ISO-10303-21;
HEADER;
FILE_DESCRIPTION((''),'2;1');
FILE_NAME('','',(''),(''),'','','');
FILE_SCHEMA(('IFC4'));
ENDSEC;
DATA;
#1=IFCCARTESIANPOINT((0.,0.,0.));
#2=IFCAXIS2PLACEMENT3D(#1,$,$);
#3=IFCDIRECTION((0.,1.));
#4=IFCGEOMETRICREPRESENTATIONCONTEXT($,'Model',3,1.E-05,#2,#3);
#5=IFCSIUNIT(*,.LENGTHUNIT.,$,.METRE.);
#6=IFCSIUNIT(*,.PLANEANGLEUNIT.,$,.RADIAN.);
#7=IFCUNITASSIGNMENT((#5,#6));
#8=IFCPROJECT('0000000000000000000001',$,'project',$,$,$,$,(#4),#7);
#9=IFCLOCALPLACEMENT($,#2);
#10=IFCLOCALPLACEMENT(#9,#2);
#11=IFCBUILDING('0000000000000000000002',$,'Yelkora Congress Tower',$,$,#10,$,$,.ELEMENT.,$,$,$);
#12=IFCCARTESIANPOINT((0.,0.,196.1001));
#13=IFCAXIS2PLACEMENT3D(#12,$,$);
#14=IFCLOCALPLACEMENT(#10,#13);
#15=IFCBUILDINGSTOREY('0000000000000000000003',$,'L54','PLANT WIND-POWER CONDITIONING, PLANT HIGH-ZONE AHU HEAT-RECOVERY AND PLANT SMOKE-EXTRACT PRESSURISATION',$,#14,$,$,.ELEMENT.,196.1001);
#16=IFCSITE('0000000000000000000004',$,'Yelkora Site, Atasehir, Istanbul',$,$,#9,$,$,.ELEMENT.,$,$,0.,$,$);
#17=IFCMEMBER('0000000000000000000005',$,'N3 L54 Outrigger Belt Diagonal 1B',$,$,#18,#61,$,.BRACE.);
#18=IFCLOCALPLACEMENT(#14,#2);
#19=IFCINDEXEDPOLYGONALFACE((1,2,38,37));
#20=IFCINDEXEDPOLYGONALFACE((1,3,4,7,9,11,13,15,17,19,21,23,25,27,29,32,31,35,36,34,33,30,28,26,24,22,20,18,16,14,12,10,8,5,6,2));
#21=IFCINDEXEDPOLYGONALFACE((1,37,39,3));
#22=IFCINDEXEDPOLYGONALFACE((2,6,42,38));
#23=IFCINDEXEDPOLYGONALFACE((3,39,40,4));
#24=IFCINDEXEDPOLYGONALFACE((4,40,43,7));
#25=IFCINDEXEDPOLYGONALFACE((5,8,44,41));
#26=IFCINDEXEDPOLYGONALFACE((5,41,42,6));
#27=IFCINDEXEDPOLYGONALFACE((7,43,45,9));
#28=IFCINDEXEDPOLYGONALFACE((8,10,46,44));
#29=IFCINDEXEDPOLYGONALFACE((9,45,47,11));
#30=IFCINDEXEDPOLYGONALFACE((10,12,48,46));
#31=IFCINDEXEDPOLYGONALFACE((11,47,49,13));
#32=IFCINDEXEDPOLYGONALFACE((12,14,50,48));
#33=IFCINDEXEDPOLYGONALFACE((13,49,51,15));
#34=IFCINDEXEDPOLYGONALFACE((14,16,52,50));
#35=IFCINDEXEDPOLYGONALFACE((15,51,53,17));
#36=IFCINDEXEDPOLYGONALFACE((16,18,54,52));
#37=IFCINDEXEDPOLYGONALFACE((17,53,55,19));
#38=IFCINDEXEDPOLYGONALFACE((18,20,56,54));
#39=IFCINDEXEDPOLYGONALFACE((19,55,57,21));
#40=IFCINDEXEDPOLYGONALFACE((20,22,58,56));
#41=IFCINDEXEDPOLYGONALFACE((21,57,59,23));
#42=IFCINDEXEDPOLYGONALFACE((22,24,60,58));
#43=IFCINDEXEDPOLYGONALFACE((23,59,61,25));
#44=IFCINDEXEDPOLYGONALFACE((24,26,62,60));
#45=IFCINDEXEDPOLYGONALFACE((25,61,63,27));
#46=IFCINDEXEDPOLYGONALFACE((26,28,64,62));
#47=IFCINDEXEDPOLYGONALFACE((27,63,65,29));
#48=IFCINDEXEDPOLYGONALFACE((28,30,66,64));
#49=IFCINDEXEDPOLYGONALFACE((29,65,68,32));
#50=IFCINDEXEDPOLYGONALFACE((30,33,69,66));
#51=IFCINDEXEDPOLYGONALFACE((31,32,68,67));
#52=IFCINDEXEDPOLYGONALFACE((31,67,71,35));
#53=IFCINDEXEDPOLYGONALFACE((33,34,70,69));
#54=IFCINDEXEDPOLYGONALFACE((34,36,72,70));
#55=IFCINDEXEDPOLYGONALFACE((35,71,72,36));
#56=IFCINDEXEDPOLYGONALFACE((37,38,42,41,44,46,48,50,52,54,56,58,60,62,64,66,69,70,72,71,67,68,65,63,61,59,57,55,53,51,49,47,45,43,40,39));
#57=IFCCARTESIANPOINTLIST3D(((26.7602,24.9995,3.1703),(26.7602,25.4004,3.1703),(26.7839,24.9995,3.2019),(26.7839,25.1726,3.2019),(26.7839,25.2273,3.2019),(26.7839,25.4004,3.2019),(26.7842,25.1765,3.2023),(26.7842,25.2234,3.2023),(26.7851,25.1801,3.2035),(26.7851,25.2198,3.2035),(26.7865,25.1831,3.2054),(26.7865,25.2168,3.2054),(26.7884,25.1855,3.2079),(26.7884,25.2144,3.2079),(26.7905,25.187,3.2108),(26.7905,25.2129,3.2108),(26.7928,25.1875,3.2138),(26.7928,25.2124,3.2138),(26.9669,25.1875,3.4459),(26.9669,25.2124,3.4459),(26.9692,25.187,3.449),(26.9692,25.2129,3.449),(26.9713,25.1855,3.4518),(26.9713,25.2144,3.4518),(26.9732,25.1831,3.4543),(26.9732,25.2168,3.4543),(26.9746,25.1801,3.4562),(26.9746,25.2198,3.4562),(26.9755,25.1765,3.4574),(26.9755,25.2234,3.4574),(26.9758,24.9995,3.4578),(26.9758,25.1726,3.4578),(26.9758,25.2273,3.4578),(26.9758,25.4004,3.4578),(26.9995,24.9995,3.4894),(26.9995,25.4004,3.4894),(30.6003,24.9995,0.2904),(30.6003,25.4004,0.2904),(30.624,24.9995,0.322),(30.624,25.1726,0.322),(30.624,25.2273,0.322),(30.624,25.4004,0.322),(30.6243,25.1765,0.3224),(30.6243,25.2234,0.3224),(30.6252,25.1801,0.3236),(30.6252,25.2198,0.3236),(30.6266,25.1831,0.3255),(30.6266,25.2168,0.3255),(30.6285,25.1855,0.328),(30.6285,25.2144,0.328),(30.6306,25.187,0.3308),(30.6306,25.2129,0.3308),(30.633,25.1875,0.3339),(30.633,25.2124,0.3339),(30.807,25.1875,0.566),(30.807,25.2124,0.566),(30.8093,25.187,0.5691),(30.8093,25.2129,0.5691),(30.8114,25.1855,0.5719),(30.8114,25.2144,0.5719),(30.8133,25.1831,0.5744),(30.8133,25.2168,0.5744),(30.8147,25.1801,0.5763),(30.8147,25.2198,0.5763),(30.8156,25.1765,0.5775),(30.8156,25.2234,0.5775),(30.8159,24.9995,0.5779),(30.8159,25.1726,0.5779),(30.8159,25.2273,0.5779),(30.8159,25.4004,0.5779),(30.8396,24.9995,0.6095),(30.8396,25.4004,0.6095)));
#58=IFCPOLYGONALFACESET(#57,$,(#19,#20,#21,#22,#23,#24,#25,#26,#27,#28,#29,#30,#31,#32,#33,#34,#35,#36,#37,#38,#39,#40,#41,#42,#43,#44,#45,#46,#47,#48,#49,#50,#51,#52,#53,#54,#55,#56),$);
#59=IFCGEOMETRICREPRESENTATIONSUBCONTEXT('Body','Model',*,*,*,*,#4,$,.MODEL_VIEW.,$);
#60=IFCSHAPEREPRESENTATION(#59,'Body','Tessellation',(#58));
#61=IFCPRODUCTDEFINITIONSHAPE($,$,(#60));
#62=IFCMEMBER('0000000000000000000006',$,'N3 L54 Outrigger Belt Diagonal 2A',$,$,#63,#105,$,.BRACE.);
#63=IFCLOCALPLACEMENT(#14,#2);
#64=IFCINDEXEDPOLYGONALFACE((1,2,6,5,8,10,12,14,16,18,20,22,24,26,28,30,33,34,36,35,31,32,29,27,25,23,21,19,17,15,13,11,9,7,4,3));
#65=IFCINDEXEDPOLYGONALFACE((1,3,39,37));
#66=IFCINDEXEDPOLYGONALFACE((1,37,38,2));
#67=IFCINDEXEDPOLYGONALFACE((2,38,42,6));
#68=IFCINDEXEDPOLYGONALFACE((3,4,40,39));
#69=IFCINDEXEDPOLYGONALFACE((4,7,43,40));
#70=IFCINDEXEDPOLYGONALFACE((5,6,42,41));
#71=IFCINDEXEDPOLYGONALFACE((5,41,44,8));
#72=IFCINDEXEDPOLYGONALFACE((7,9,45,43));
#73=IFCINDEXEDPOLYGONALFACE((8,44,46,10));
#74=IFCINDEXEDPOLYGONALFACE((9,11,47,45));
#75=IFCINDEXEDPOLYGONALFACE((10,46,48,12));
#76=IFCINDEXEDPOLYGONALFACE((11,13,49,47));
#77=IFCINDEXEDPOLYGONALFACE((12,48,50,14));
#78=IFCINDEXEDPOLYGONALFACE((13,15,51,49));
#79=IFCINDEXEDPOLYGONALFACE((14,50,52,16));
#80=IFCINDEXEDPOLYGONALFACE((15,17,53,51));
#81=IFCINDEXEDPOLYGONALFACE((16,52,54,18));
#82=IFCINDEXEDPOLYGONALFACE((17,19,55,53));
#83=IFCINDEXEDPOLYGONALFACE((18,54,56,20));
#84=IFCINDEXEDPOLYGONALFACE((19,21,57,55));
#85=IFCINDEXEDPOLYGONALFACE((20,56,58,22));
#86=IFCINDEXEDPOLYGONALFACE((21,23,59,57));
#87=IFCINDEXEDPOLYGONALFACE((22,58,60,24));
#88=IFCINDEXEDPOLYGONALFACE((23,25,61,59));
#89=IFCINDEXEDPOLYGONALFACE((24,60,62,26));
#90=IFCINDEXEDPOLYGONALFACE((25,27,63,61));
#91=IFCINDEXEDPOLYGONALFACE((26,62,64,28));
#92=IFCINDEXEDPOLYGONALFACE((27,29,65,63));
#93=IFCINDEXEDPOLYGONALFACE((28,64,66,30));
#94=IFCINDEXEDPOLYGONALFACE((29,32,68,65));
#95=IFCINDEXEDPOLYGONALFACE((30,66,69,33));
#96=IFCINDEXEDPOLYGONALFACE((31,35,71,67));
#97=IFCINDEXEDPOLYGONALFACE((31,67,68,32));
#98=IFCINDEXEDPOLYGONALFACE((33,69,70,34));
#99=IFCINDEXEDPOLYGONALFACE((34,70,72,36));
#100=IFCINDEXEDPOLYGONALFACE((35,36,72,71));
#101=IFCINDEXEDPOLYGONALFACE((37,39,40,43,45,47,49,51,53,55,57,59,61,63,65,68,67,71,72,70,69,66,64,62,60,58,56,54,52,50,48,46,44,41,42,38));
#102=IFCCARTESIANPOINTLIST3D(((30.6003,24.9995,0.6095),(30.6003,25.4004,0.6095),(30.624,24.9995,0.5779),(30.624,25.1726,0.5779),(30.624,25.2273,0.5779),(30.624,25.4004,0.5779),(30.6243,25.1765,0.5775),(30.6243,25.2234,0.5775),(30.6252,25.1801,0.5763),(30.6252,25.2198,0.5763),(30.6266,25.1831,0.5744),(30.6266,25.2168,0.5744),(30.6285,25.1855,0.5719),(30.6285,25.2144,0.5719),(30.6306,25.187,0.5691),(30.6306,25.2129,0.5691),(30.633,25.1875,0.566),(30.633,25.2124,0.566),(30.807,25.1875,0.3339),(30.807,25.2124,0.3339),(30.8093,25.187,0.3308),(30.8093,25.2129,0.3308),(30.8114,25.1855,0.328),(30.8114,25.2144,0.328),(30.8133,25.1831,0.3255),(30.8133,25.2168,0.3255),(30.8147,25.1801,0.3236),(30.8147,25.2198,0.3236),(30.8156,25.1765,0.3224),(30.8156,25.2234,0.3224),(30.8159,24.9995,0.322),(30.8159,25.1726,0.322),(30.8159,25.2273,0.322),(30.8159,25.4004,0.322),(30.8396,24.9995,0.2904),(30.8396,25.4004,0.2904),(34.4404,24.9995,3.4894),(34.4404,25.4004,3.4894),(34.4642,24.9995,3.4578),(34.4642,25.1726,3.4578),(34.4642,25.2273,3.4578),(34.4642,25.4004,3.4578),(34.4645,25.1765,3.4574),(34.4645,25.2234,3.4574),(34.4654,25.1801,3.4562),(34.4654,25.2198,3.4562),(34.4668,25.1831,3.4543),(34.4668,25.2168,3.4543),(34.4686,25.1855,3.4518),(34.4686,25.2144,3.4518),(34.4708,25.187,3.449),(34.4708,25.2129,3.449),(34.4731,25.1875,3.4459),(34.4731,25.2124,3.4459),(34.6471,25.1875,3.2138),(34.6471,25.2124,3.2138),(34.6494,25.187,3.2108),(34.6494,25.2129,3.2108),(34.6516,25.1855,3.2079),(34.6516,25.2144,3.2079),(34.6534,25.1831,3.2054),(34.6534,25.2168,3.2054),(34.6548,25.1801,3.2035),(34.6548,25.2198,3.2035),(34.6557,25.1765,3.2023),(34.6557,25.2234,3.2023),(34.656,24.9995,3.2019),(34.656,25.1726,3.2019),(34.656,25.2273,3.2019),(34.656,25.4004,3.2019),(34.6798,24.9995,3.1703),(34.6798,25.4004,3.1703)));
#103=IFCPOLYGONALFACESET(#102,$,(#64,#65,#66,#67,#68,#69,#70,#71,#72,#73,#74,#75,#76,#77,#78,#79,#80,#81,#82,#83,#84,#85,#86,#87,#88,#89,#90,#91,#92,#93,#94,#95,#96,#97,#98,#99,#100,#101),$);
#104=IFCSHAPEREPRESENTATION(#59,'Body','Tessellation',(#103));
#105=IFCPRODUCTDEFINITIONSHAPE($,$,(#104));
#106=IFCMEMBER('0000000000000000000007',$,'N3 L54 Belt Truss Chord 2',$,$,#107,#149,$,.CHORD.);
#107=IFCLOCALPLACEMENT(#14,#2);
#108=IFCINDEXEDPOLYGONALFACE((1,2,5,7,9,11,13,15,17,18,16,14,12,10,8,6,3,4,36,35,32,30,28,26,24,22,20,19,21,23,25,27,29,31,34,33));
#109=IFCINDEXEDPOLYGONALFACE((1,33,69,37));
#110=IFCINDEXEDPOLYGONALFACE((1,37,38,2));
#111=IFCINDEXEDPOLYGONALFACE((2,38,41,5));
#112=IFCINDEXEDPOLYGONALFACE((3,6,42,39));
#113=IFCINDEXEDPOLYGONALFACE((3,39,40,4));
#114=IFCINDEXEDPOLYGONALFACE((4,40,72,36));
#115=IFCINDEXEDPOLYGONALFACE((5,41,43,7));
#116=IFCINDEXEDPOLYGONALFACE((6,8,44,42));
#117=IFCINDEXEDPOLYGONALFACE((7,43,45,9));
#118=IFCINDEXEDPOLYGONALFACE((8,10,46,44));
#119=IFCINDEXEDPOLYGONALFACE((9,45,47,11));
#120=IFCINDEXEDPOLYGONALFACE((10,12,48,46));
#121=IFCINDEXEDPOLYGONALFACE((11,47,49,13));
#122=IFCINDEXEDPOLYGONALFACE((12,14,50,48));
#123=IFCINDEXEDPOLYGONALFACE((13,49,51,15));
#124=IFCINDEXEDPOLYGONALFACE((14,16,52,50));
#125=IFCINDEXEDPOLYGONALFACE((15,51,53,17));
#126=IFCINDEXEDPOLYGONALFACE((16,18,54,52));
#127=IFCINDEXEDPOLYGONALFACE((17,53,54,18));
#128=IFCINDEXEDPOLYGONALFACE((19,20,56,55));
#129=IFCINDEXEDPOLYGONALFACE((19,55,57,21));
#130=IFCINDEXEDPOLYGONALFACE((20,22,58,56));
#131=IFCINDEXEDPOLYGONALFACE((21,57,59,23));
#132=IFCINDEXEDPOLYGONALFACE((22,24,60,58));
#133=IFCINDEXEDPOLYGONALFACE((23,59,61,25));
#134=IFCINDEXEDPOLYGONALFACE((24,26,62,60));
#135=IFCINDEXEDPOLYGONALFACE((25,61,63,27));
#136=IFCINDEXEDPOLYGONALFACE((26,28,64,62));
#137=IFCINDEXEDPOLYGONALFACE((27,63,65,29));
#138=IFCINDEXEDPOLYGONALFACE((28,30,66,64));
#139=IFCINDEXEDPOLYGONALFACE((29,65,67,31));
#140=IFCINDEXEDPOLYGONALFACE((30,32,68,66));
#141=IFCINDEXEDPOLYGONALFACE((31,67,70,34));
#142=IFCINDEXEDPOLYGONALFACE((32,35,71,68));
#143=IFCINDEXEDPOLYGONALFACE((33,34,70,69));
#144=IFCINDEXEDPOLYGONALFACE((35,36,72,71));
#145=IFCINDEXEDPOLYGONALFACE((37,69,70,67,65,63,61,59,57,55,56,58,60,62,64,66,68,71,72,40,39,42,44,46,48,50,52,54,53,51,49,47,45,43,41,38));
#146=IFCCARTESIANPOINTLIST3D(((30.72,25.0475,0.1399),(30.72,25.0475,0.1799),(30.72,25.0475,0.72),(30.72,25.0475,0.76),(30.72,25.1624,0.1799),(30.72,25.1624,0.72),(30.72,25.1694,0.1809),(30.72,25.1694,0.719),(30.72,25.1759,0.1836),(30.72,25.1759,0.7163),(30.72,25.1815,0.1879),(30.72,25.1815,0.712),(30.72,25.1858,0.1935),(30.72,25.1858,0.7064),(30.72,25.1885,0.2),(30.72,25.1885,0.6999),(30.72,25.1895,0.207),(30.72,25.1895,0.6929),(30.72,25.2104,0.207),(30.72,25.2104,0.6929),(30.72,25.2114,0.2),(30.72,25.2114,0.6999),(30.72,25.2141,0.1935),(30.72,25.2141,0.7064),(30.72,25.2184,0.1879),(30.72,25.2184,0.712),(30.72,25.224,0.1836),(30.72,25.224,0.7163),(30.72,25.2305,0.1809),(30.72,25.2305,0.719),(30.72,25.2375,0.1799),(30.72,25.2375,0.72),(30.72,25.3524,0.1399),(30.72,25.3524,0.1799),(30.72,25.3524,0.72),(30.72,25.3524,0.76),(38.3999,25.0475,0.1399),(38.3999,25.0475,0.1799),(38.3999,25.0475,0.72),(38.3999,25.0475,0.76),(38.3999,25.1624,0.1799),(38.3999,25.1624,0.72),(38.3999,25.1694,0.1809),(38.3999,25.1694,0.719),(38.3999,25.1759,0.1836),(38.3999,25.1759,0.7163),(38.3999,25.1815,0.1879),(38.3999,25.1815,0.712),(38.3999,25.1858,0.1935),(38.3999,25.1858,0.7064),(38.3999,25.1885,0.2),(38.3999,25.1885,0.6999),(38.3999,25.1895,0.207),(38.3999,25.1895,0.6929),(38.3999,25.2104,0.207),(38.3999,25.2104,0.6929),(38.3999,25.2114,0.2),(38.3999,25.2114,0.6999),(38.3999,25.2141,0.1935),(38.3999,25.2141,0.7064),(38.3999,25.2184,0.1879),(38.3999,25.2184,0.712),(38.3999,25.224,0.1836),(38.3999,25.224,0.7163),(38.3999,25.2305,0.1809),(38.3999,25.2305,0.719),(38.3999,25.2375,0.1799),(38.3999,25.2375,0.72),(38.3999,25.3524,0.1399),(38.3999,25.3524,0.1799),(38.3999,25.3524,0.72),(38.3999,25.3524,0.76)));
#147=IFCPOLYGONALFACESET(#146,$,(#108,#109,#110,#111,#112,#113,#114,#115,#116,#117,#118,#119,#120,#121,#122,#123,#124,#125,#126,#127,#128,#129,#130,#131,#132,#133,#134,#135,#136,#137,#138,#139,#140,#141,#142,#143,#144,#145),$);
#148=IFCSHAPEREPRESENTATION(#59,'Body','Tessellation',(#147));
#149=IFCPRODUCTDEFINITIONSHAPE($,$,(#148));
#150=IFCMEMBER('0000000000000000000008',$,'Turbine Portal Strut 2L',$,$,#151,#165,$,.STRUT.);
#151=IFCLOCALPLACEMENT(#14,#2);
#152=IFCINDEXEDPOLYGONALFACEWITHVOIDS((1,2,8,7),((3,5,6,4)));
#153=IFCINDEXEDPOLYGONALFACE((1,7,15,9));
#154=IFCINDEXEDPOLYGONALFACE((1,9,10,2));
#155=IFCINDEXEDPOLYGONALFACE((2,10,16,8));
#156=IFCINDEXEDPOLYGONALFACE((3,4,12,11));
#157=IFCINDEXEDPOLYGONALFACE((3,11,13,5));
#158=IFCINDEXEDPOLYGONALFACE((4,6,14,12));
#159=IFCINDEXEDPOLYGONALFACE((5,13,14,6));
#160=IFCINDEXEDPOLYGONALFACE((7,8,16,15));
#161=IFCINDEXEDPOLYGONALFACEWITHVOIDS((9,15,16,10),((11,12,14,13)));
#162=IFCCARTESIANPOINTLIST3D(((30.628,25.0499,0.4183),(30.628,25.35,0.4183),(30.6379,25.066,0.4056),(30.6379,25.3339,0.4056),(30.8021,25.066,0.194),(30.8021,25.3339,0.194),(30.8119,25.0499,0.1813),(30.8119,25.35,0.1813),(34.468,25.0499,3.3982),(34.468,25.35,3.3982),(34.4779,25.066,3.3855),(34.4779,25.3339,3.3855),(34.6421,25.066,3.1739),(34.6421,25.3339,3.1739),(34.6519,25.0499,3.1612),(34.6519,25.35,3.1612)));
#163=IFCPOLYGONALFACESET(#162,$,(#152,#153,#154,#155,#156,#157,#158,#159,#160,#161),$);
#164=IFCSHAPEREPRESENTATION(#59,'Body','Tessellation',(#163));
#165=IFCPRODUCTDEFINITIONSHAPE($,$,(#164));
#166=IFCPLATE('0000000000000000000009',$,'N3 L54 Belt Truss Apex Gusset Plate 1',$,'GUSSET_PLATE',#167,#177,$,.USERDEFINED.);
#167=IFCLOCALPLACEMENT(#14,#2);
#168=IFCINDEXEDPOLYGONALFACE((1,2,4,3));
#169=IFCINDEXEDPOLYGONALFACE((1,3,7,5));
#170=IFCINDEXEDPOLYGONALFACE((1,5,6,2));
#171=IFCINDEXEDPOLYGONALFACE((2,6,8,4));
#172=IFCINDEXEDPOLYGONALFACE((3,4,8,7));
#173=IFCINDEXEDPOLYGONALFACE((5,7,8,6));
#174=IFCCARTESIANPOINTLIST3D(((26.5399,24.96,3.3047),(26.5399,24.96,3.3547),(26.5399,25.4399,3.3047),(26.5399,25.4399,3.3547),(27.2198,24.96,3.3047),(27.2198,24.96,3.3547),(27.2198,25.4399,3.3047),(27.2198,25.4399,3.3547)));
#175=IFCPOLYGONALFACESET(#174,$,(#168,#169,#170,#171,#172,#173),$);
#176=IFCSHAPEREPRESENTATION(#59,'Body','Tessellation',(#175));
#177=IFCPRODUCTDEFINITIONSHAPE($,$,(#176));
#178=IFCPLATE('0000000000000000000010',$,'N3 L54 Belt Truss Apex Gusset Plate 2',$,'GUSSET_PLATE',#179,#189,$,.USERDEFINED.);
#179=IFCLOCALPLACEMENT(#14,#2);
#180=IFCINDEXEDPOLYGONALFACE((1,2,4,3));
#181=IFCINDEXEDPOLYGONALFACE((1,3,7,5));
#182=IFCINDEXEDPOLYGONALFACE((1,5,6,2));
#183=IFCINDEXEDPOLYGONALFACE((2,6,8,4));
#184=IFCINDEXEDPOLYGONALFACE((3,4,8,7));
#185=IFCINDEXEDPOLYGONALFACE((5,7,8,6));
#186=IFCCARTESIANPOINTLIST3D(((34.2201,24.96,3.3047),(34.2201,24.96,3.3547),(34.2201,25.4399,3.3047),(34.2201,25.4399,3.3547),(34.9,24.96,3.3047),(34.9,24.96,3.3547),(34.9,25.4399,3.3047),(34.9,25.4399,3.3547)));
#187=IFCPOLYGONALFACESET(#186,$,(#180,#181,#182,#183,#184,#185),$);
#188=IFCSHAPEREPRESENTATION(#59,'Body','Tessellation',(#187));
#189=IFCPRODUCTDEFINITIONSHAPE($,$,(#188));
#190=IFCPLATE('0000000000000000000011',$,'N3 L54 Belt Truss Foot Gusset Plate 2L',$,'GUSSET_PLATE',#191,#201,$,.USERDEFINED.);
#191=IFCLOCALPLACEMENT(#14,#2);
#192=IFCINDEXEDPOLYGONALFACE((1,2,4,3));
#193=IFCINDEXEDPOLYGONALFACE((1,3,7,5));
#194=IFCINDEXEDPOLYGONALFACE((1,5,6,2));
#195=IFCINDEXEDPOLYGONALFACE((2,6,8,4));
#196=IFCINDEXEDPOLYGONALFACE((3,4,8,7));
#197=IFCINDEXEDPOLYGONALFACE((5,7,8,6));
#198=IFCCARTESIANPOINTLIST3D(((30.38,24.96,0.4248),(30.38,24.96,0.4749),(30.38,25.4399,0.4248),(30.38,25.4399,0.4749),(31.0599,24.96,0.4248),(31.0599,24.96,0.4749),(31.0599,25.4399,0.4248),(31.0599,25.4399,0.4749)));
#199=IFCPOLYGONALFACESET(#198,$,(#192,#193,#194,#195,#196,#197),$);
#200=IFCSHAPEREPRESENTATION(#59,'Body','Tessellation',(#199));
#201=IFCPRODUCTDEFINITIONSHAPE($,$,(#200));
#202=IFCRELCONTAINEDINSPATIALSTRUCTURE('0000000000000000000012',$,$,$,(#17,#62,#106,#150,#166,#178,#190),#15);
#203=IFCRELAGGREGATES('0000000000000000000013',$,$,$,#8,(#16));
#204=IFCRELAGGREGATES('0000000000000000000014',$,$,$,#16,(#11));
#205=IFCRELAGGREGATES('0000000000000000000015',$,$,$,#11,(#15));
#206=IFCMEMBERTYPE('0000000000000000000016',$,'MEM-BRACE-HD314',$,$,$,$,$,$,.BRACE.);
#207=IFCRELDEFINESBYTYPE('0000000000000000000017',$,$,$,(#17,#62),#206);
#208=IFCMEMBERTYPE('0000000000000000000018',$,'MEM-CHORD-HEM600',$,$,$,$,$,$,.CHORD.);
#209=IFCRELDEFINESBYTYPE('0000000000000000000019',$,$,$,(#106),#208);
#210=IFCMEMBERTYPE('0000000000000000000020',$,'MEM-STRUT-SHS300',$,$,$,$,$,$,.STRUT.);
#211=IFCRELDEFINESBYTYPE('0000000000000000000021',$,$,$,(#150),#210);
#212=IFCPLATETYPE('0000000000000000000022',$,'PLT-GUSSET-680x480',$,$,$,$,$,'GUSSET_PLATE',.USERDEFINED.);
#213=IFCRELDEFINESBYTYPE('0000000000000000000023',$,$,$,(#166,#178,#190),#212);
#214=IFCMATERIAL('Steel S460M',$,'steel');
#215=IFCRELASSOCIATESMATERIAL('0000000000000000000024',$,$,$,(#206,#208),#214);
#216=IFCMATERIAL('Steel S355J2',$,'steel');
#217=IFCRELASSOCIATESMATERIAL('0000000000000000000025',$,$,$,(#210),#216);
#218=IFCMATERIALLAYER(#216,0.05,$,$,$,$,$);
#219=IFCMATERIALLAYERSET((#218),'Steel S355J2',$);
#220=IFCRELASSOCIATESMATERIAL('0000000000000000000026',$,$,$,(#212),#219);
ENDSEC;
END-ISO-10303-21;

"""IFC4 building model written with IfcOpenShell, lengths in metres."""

from ifc_helpers import new_model, si_unit, direction, frame, origin, origin_2d, place, context, subcontext, project, spatial, rectangle, hollow_rectangle, i_section, extrude, material, layer, layer_set, material_profile, profile_set, type_object, element, save


model = new_model("IFC4")

# Units and contexts
model_context = context("Model", 3, precision=1e-05, world=origin(), true_north=direction((0.0, 1.0)))
body_context = subcontext(model_context, "Body", "Model", "MODEL_VIEW")
ifc_project = project(units=[si_unit("LENGTHUNIT", "METRE"), si_unit("PLANEANGLEUNIT", "RADIAN")], contexts=[model_context])

# Site, building, storey
site_placement = place(None, origin())
site = spatial("IfcSite", under=ifc_project, at=site_placement, Name="Yelkora Site, Atasehir, Istanbul", CompositionType="ELEMENT", RefElevation=0.0)
building_placement = place(site_placement, origin())
building = spatial("IfcBuilding", under=site, at=building_placement, Name="Yelkora Congress Tower", CompositionType="ELEMENT")
storey_placement = place(building_placement, frame((0.0, 0.0, 196.1001)))
storey = spatial("IfcBuildingStorey", under=building, at=storey_placement, Name="L54", Description="PLANT WIND-POWER CONDITIONING, PLANT HIGH-ZONE AHU HEAT-RECOVERY AND PLANT SMOKE-EXTRACT PRESSURISATION", CompositionType="ELEMENT", Elevation=196.1001)

# Shared definitions
ifc_material_1 = material(Name="Steel S460M", Category="steel")

# Members
ifc_material_2 = material(Name="Steel S355J2", Category="steel")
ifc_material_profile_1 = material_profile(ifc_material_1, i_section(OverallWidth=0.4009, OverallDepth=0.3989, WebThickness=0.0249, FlangeThickness=0.0396, FilletRadius=0.0149, at=origin_2d()), Name="HD 400x314")
ifc_profile_set_1 = profile_set([ifc_material_profile_1], Name="Steel S460M")
member_type_1 = type_object("IfcMemberType", Name="MEM-BRACE-HD314", PredefinedType="BRACE", material=ifc_profile_set_1)
for number, where, z_axis, x_axis, name in (
    (1, (30.72, 25.2, 0.45), (-0.800018, 0.0, 0.599976), (0.0, -1.0, 0.0), "N3 L54 Outrigger Belt Diagonal 1B"),
    (2, (30.72, 25.2, 0.45), (0.800018, 0.0, 0.599976), (0.0, 1.0, 0.0), "N3 L54 Outrigger Belt Diagonal 2A"),
):
    element("IfcMember", number, at=place(storey_placement, frame(where, z_axis=z_axis, x_axis=x_axis)), inside=storey, type_object=member_type_1, Name=name, PredefinedType="BRACE", context=body_context, shape_type="SweptSolid", body=[
        extrude(i_section(OverallWidth=0.4009, OverallDepth=0.3989, WebThickness=0.0249, FlangeThickness=0.0396, FilletRadius=0.0149, at=origin_2d()), origin(), (0.0, 0.0, 1.0), 4.8),
    ])
ifc_material_profile_2 = material_profile(ifc_material_1, i_section(OverallWidth=0.3049, OverallDepth=0.6201, WebThickness=0.021, FlangeThickness=0.04, FilletRadius=0.0271, at=origin_2d()), Name="HEM 600")
ifc_profile_set_2 = profile_set([ifc_material_profile_2], Name="Steel S460M")
member_type_2 = type_object("IfcMemberType", Name="MEM-CHORD-HEM600", PredefinedType="CHORD", material=ifc_profile_set_2)
member_1_placement = place(storey_placement, frame((30.72, 25.2, 0.45), z_axis=(1.0, 0.0, 0.0), x_axis=(0.0, 1.0, 0.0)))
element("IfcMember", 3, at=member_1_placement, inside=storey, type_object=member_type_2, Name="N3 L54 Belt Truss Chord 2", PredefinedType="CHORD", context=body_context, shape_type="SweptSolid", body=[
    extrude(i_section(OverallWidth=0.3049, OverallDepth=0.6201, WebThickness=0.021, FlangeThickness=0.04, FilletRadius=0.0271, at=origin_2d()), origin(), (0.0, 0.0, 1.0), 7.6799),
])
ifc_material_profile_3 = material_profile(ifc_material_2, hollow_rectangle(XDim=0.3, YDim=0.3, WallThickness=0.0161, at=origin_2d()), Name="SHS 300x300x16")
ifc_profile_set_3 = profile_set([ifc_material_profile_3], Name="Steel S355J2")
member_type_3 = type_object("IfcMemberType", Name="MEM-STRUT-SHS300", PredefinedType="STRUT", material=ifc_profile_set_3)
member_2_placement = place(storey_placement, frame((30.72, 25.2, 0.2998), z_axis=(0.790025, 0.0, 0.613074), x_axis=(0.0, 1.0, 0.0)))
element("IfcMember", 4, at=member_2_placement, inside=storey, type_object=member_type_3, Name="Turbine Portal Strut 2L", PredefinedType="STRUT", context=body_context, shape_type="SweptSolid", body=[
    extrude(hollow_rectangle(XDim=0.3, YDim=0.3, WallThickness=0.0161, at=origin_2d()), origin(), (0.0, 0.0, 1.0), 4.8606),
])

# Plates
ifc_layer_1 = layer(ifc_material_2, 0.05)
ifc_layer_set_1 = layer_set([ifc_layer_1], Name="Steel S355J2")
plate_type_1 = type_object("IfcPlateType", Name="PLT-GUSSET-680x480", ElementType="GUSSET_PLATE", PredefinedType="USERDEFINED", material=ifc_layer_set_1)
for number, where, z_axis, x_axis, name in (
    (5, (26.8799, 25.2, 3.3047), (0.0, 0.0, 1.0), (1.0, 0.0, 0.0), "N3 L54 Belt Truss Apex Gusset Plate 1"),
    (6, (34.5601, 25.2, 3.3047), (0.0, 0.0, 1.0), (1.0, 0.0, 0.0), "N3 L54 Belt Truss Apex Gusset Plate 2"),
    (7, (30.72, 25.2, 0.4248), (0.0, 0.0, 1.0), (1.0, 0.0, 0.0), "N3 L54 Belt Truss Foot Gusset Plate 2L"),
):
    element("IfcPlate", number, at=place(storey_placement, frame(where, z_axis=z_axis, x_axis=x_axis)), inside=storey, type_object=plate_type_1, Name=name, ObjectType="GUSSET_PLATE", PredefinedType="USERDEFINED", context=body_context, shape_type="SweptSolid", body=[
        extrude(rectangle(XDim=0.6799, YDim=0.48, at=origin_2d()), origin(), (0.0, 0.0, 1.0), 0.05),
    ])

save(model, "model.ifc")
